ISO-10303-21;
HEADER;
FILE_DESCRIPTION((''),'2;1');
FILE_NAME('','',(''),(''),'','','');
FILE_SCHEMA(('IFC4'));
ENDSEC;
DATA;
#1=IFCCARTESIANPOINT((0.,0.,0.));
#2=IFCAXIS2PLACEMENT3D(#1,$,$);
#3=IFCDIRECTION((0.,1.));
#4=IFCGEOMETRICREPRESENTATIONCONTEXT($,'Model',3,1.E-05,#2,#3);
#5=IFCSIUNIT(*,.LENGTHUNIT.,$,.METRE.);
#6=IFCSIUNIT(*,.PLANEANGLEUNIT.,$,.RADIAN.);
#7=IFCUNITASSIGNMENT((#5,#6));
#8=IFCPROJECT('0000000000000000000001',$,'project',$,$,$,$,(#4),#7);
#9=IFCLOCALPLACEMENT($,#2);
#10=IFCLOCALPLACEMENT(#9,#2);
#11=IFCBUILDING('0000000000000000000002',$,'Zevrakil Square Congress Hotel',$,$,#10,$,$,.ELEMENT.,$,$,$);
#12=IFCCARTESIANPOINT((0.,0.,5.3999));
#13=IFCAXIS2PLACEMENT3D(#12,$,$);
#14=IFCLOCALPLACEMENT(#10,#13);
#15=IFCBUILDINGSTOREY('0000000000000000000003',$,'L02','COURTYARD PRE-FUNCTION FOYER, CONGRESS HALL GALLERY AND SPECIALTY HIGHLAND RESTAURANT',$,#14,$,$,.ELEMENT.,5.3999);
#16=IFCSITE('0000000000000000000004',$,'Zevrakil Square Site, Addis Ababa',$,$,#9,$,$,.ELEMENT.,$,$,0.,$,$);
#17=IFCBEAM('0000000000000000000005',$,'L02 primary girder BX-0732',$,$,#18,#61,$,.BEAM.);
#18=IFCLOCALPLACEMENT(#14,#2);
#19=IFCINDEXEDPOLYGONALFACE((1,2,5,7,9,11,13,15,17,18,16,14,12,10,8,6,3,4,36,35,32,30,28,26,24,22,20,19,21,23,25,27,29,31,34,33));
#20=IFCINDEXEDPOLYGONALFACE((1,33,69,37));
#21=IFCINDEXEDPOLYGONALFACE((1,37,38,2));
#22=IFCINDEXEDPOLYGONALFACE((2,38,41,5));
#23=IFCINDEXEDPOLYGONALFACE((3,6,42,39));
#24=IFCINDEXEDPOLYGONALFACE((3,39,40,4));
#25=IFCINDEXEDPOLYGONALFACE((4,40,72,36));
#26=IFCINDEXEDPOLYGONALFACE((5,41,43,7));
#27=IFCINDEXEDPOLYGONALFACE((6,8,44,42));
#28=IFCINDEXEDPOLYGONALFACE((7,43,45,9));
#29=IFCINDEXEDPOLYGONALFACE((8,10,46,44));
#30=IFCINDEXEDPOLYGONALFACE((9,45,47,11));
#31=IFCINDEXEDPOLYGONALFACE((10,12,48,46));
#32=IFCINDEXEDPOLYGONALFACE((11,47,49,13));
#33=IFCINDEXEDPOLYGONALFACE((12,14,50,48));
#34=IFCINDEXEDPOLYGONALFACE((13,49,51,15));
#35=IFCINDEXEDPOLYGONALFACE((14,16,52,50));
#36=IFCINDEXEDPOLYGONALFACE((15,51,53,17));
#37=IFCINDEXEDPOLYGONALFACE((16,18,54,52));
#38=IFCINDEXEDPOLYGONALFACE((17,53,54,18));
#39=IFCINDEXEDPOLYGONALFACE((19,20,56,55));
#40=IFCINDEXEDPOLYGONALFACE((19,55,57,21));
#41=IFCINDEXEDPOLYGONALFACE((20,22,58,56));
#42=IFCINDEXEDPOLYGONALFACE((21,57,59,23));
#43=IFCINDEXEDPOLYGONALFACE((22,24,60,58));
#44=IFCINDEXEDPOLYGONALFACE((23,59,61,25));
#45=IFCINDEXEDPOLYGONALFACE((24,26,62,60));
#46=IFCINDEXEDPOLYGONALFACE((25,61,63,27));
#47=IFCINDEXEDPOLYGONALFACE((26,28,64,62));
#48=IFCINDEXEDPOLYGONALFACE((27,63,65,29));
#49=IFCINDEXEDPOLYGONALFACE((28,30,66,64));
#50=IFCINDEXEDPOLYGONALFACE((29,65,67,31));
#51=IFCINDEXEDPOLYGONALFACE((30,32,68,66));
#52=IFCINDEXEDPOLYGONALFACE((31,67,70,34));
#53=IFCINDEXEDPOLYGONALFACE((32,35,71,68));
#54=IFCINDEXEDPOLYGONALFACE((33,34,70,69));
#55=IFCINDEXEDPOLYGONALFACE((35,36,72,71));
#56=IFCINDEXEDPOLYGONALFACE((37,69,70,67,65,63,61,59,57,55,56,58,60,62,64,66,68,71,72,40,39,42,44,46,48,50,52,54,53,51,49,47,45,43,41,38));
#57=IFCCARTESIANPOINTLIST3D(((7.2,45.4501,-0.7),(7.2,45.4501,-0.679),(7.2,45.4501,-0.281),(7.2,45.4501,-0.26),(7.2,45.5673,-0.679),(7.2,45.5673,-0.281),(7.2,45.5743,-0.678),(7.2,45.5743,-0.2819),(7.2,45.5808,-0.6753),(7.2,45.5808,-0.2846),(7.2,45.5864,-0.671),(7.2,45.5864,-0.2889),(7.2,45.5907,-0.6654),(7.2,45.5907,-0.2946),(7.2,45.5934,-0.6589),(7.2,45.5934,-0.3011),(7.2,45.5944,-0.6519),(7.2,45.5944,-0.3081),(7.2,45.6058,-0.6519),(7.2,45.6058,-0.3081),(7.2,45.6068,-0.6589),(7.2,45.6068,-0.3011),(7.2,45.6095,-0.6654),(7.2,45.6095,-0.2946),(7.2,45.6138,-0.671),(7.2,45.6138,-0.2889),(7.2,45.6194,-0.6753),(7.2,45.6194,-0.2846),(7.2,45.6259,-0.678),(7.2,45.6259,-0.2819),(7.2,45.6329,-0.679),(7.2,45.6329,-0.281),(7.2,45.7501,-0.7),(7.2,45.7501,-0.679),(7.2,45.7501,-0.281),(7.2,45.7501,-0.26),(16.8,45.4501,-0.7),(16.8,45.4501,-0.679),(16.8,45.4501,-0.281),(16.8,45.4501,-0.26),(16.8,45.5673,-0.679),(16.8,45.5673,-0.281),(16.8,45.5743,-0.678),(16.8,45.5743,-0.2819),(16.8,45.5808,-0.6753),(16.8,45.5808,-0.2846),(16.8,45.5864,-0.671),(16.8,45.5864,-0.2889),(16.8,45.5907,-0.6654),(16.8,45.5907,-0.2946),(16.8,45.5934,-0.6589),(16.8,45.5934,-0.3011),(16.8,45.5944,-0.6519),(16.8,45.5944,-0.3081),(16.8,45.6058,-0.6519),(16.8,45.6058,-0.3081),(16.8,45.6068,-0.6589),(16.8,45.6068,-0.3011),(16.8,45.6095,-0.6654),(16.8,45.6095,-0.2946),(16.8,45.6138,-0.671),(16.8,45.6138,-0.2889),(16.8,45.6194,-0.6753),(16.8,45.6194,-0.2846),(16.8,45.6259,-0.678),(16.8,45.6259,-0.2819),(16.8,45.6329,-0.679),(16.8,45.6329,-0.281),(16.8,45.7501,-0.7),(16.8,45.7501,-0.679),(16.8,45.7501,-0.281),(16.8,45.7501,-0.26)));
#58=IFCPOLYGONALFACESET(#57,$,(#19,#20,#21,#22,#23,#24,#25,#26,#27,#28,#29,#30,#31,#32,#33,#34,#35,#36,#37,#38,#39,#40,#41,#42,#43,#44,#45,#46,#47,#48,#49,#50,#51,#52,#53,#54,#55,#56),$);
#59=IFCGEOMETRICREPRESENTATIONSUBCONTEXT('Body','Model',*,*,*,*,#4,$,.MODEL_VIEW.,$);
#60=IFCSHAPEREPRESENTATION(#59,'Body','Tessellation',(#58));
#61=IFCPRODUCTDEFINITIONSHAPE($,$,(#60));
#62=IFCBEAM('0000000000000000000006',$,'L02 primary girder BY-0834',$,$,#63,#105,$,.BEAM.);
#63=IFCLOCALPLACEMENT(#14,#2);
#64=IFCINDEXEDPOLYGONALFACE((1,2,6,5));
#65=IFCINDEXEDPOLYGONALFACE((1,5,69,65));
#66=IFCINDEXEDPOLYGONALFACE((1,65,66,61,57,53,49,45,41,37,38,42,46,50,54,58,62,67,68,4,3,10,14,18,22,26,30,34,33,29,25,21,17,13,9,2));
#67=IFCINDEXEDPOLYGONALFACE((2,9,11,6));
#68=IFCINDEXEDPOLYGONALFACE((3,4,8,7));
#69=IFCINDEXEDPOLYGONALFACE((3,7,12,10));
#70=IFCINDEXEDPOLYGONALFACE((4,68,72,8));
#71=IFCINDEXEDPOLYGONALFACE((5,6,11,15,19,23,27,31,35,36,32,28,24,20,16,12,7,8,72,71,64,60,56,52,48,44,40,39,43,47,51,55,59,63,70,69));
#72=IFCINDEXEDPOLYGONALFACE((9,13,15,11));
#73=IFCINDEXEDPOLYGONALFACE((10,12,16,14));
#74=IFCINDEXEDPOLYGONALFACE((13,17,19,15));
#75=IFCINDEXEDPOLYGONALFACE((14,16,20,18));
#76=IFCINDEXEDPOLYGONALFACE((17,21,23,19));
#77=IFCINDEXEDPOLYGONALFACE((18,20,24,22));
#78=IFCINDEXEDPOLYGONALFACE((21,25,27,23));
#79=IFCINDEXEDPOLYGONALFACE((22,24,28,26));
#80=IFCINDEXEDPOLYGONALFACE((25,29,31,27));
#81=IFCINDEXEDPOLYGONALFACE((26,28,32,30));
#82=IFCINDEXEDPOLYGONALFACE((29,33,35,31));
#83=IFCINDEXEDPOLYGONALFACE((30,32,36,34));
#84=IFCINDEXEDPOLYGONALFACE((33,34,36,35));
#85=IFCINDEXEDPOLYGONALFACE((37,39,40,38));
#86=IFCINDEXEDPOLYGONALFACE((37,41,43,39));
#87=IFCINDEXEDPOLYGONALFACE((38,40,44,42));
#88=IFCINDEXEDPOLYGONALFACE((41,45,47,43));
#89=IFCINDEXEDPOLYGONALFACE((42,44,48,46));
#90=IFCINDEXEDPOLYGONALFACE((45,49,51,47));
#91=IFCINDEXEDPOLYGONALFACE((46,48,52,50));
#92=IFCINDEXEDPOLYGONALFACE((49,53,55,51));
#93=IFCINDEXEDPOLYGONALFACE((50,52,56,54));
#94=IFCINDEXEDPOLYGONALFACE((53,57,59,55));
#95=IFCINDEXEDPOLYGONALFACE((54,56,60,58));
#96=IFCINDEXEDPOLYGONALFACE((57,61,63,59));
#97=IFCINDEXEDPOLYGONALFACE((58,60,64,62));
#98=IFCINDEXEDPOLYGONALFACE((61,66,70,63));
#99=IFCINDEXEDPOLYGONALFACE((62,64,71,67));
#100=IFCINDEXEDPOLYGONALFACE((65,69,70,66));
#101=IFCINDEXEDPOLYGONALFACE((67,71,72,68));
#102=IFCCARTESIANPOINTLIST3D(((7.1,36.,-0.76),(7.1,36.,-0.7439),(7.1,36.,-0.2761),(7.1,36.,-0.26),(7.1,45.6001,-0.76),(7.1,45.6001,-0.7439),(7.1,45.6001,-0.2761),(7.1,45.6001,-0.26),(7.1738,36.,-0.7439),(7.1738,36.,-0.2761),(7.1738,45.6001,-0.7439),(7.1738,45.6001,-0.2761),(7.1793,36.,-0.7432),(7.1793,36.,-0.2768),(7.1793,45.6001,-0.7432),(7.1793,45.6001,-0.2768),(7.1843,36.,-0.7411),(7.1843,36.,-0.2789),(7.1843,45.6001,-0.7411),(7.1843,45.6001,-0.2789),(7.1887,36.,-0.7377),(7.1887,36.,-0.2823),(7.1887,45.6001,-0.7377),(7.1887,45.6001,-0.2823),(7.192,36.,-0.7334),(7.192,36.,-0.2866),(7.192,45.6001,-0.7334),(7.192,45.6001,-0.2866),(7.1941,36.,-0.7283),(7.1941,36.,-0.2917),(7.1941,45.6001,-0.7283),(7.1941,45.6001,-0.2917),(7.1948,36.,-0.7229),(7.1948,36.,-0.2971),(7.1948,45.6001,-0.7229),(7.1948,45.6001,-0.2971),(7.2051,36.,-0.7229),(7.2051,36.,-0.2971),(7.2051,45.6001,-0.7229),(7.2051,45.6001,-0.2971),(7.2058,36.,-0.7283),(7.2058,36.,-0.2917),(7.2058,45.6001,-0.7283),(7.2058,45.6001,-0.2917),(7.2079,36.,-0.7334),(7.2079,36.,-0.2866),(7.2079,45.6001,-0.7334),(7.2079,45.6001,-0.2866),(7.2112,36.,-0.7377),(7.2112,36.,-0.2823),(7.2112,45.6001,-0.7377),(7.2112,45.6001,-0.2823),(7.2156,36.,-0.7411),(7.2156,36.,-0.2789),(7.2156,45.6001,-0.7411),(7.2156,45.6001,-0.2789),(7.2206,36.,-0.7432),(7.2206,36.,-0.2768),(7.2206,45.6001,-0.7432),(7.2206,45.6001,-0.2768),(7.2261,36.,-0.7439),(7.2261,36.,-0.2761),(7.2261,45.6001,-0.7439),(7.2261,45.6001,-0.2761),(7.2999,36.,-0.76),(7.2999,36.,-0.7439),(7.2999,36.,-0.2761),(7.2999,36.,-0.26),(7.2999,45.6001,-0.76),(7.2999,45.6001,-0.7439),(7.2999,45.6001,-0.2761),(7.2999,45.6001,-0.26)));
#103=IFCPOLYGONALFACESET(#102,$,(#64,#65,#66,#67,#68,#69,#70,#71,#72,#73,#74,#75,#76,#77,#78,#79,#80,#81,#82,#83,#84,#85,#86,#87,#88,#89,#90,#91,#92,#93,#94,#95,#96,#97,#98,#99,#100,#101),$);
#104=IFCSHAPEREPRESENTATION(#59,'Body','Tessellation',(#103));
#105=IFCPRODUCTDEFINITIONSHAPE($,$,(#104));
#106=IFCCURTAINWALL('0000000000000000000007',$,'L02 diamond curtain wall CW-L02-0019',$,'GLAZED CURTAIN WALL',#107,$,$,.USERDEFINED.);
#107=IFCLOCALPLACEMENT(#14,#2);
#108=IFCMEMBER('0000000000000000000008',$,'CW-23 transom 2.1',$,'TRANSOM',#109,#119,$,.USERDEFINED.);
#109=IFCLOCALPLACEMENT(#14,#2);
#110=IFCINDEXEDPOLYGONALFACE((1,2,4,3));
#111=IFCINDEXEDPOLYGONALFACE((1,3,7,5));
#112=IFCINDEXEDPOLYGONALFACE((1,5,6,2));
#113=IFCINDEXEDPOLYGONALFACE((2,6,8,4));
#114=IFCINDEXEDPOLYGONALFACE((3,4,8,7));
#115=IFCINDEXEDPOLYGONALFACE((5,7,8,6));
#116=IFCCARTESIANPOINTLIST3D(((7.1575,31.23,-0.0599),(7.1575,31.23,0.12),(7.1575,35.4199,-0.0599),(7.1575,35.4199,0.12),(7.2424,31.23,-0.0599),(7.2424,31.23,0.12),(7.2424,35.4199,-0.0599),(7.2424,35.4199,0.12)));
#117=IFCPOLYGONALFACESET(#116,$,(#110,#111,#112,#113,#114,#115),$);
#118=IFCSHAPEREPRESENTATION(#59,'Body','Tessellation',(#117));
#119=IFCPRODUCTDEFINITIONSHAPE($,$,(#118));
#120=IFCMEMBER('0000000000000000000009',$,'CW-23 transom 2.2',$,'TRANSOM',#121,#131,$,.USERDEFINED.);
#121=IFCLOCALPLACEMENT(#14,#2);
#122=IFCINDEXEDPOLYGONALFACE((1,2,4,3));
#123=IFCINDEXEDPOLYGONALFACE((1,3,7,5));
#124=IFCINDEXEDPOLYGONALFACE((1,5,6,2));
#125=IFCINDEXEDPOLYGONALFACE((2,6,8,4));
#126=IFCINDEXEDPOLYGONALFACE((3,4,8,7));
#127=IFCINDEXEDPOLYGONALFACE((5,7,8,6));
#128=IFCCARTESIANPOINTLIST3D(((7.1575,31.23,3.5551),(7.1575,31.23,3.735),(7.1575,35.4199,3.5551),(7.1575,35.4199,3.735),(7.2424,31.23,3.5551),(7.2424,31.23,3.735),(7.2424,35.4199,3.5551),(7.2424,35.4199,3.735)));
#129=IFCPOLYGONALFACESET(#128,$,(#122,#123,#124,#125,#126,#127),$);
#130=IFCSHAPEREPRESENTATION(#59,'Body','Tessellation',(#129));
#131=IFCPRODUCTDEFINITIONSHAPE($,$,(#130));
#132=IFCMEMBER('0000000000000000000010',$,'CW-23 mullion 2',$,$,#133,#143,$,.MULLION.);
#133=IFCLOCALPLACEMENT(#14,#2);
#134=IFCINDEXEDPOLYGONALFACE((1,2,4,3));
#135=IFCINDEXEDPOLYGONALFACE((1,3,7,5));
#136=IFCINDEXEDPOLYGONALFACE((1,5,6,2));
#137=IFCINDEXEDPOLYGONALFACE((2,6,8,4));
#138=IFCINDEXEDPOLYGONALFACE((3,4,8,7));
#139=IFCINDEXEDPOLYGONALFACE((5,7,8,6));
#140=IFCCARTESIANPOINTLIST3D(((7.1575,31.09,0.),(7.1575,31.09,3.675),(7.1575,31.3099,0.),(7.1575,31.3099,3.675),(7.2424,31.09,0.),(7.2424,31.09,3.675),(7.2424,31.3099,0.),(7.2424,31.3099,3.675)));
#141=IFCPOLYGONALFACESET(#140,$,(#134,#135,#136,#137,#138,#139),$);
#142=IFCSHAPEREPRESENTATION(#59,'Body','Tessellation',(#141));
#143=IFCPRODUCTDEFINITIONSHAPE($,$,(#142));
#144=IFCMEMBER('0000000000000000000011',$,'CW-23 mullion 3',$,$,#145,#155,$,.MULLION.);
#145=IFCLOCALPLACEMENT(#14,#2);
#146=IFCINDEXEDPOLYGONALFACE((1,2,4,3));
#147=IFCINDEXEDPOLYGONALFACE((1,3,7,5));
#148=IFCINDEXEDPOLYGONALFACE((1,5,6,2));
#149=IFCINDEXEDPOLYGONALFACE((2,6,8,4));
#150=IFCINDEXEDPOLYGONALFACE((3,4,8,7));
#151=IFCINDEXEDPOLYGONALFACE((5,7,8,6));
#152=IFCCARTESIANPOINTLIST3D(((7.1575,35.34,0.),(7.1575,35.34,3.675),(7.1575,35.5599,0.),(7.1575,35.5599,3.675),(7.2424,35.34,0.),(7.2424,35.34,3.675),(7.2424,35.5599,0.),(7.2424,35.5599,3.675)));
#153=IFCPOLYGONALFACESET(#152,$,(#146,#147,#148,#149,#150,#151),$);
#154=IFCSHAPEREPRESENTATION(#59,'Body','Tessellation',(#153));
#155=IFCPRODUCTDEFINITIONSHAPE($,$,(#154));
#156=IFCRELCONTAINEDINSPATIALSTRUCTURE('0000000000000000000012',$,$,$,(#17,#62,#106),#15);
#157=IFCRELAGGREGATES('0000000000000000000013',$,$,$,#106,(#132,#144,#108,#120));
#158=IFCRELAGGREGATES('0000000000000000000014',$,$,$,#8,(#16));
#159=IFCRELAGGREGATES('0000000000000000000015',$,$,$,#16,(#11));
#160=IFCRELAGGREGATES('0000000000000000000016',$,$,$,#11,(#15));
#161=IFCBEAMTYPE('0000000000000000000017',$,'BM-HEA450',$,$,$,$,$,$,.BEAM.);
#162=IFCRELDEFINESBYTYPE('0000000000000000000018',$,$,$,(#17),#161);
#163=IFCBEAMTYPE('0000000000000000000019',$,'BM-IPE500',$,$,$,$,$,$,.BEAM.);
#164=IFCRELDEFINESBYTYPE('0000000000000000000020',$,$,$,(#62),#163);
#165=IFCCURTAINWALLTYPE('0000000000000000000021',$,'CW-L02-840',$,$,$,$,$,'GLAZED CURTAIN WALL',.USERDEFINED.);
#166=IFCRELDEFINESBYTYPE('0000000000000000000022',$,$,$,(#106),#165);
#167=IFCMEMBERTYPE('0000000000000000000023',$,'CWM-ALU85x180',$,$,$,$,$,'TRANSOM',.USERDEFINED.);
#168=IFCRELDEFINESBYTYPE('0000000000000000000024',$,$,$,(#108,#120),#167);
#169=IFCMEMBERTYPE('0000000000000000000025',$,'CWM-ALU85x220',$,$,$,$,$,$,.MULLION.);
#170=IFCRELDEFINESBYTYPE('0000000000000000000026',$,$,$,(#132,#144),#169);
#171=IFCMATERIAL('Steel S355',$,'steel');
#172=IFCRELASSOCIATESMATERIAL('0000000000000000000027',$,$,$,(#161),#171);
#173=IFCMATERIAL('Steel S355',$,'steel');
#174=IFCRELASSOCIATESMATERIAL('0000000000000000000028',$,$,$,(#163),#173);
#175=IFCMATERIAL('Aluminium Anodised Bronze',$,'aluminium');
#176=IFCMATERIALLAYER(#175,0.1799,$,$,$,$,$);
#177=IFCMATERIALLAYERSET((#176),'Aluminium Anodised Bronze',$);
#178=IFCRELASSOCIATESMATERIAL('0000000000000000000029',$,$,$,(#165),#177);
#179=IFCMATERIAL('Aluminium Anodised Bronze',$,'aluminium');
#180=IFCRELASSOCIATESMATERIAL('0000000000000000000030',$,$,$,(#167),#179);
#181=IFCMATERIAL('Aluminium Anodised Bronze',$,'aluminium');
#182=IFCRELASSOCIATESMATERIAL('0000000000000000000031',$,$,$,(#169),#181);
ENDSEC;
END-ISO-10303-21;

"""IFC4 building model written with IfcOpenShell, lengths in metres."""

from ifc_helpers import new_model, si_unit, direction, frame, origin, origin_2d, place, context, subcontext, project, spatial, rectangle, i_section, extrude, material, layer, layer_set, material_profile, profile_set, type_object, element, aggregate, save


model = new_model("IFC4")

# Units and contexts
model_context = context("Model", 3, precision=1e-05, world=origin(), true_north=direction((0.0, 1.0)))
body_context = subcontext(model_context, "Body", "Model", "MODEL_VIEW")
ifc_project = project(units=[si_unit("LENGTHUNIT", "METRE"), si_unit("PLANEANGLEUNIT", "RADIAN")], contexts=[model_context])

# Site, building, storey
site_placement = place(None, origin())
site = spatial("IfcSite", under=ifc_project, at=site_placement, Name="Zevrakil Square Site, Addis Ababa", CompositionType="ELEMENT", RefElevation=0.0)
building_placement = place(site_placement, origin())
building = spatial("IfcBuilding", under=site, at=building_placement, Name="Zevrakil Square Congress Hotel", CompositionType="ELEMENT")
storey_placement = place(building_placement, frame((0.0, 0.0, 5.3999)))
storey = spatial("IfcBuildingStorey", under=building, at=storey_placement, Name="L02", Description="COURTYARD PRE-FUNCTION FOYER, CONGRESS HALL GALLERY AND SPECIALTY HIGHLAND RESTAURANT", CompositionType="ELEMENT", Elevation=5.3999)

# Beams
ifc_material_1 = material(Name="Steel S355", Category="steel")
ifc_material_profile_1 = material_profile(ifc_material_1, i_section(OverallWidth=0.3, OverallDepth=0.4399, WebThickness=0.0115, FlangeThickness=0.021, FilletRadius=0.0271, at=origin_2d()), Name="HEA 450")
ifc_profile_set_1 = profile_set([ifc_material_profile_1], Name="Steel S355")
beam_type_1 = type_object("IfcBeamType", Name="BM-HEA450", PredefinedType="BEAM", material=ifc_profile_set_1)
beam_1_placement = place(storey_placement, frame((7.2, 45.6001, -0.48), z_axis=(1.0, 0.0, 0.0), x_axis=(0.0, 1.0, 0.0)))
element("IfcBeam", 1, at=beam_1_placement, inside=storey, type_object=beam_type_1, Name="L02 primary girder BX-0732", PredefinedType="BEAM", context=body_context, shape_type="SweptSolid", body=[
    extrude(i_section(OverallWidth=0.3, OverallDepth=0.4399, WebThickness=0.0115, FlangeThickness=0.021, FilletRadius=0.0271, at=origin_2d()), origin(), (0.0, 0.0, 1.0), 9.6001),
])
ifc_material_2 = material(Name="Steel S355", Category="steel")
ifc_material_profile_2 = material_profile(ifc_material_2, i_section(OverallWidth=0.2, OverallDepth=0.5, WebThickness=0.0103, FlangeThickness=0.0161, FilletRadius=0.021, at=origin_2d()), Name="IPE 500")
ifc_profile_set_2 = profile_set([ifc_material_profile_2], Name="Steel S355")
beam_type_2 = type_object("IfcBeamType", Name="BM-IPE500", PredefinedType="BEAM", material=ifc_profile_set_2)
beam_2_placement = place(storey_placement, frame((7.2, 36.0, -0.51), z_axis=(0.0, 1.0, 0.0), x_axis=(-1.0, 0.0, 0.0)))
element("IfcBeam", 2, at=beam_2_placement, inside=storey, type_object=beam_type_2, Name="L02 primary girder BY-0834", PredefinedType="BEAM", context=body_context, shape_type="SweptSolid", body=[
    extrude(i_section(OverallWidth=0.2, OverallDepth=0.5, WebThickness=0.0103, FlangeThickness=0.0161, FilletRadius=0.021, at=origin_2d()), origin(), (0.0, 0.0, 1.0), 9.6001),
])

# Curtain wall, members
ifc_material_3 = material(Name="Aluminium Anodised Bronze", Category="aluminium")
ifc_layer_1 = layer(ifc_material_3, 0.1799)
ifc_layer_set_1 = layer_set([ifc_layer_1], Name="Aluminium Anodised Bronze")
curtain_wall_type = type_object("IfcCurtainWallType", Name="CW-L02-840", ElementType="GLAZED CURTAIN WALL", PredefinedType="USERDEFINED", material=ifc_layer_set_1)
curtain_wall_placement = place(storey_placement, origin())
curtain_wall = element("IfcCurtainWall", 3, at=curtain_wall_placement, inside=storey, type_object=curtain_wall_type, Name="L02 diamond curtain wall CW-L02-0019", ObjectType="GLAZED CURTAIN WALL", PredefinedType="USERDEFINED")
ifc_material_4 = material(Name="Aluminium Anodised Bronze", Category="aluminium")
ifc_material_profile_3 = material_profile(ifc_material_4, rectangle(XDim=0.085, YDim=0.1799, at=origin_2d()), Name="ALU 85x180")
ifc_profile_set_3 = profile_set([ifc_material_profile_3], Name="Aluminium Anodised Bronze")
member_type_1 = type_object("IfcMemberType", Name="CWM-ALU85x180", ElementType="TRANSOM", PredefinedType="USERDEFINED", material=ifc_profile_set_3)
member_1_placement = place(storey_placement, frame((7.2, 31.23, 0.03), z_axis=(0.0, 1.0, 0.0), x_axis=(-1.0, 0.0, 0.0)))
member_1 = element("IfcMember", 4, at=member_1_placement, type_object=member_type_1, Name="CW-23 transom 2.1", ObjectType="TRANSOM", PredefinedType="USERDEFINED", context=body_context, shape_type="SweptSolid", body=[
    extrude(rectangle(XDim=0.085, YDim=0.1799, at=origin_2d()), origin(), (0.0, 0.0, 1.0), 4.1899),
])
member_2_placement = place(storey_placement, frame((7.2, 31.23, 3.645), z_axis=(0.0, 1.0, 0.0), x_axis=(-1.0, 0.0, 0.0)))
member_2 = element("IfcMember", 5, at=member_2_placement, type_object=member_type_1, Name="CW-23 transom 2.2", ObjectType="TRANSOM", PredefinedType="USERDEFINED", context=body_context, shape_type="SweptSolid", body=[
    extrude(rectangle(XDim=0.085, YDim=0.1799, at=origin_2d()), origin(), (0.0, 0.0, 1.0), 4.1899),
])
ifc_material_5 = material(Name="Aluminium Anodised Bronze", Category="aluminium")
ifc_material_profile_4 = material_profile(ifc_material_5, rectangle(XDim=0.085, YDim=0.22, at=origin_2d()), Name="ALU 85x220")
ifc_profile_set_4 = profile_set([ifc_material_profile_4], Name="Aluminium Anodised Bronze")
member_type_2 = type_object("IfcMemberType", Name="CWM-ALU85x220", PredefinedType="MULLION", material=ifc_profile_set_4)
member_3_placement = place(storey_placement, frame((7.2, 31.2, 0.0), z_axis=(0.0, 0.0, 1.0), x_axis=(-1.0, 0.0, 0.0)))
member_3 = element("IfcMember", 6, at=member_3_placement, type_object=member_type_2, Name="CW-23 mullion 2", PredefinedType="MULLION", context=body_context, shape_type="SweptSolid", body=[
    extrude(rectangle(XDim=0.085, YDim=0.22, at=origin_2d()), origin(), (0.0, 0.0, 1.0), 3.675),
])
member_4_placement = place(storey_placement, frame((7.2, 35.45, 0.0), z_axis=(0.0, 0.0, 1.0), x_axis=(-1.0, 0.0, 0.0)))
member_4 = element("IfcMember", 7, at=member_4_placement, type_object=member_type_2, Name="CW-23 mullion 3", PredefinedType="MULLION", context=body_context, shape_type="SweptSolid", body=[
    extrude(rectangle(XDim=0.085, YDim=0.22, at=origin_2d()), origin(), (0.0, 0.0, 1.0), 3.675),
])

aggregate(curtain_wall, [member_3, member_4, member_1, member_2])

save(model, "model.ifc")
